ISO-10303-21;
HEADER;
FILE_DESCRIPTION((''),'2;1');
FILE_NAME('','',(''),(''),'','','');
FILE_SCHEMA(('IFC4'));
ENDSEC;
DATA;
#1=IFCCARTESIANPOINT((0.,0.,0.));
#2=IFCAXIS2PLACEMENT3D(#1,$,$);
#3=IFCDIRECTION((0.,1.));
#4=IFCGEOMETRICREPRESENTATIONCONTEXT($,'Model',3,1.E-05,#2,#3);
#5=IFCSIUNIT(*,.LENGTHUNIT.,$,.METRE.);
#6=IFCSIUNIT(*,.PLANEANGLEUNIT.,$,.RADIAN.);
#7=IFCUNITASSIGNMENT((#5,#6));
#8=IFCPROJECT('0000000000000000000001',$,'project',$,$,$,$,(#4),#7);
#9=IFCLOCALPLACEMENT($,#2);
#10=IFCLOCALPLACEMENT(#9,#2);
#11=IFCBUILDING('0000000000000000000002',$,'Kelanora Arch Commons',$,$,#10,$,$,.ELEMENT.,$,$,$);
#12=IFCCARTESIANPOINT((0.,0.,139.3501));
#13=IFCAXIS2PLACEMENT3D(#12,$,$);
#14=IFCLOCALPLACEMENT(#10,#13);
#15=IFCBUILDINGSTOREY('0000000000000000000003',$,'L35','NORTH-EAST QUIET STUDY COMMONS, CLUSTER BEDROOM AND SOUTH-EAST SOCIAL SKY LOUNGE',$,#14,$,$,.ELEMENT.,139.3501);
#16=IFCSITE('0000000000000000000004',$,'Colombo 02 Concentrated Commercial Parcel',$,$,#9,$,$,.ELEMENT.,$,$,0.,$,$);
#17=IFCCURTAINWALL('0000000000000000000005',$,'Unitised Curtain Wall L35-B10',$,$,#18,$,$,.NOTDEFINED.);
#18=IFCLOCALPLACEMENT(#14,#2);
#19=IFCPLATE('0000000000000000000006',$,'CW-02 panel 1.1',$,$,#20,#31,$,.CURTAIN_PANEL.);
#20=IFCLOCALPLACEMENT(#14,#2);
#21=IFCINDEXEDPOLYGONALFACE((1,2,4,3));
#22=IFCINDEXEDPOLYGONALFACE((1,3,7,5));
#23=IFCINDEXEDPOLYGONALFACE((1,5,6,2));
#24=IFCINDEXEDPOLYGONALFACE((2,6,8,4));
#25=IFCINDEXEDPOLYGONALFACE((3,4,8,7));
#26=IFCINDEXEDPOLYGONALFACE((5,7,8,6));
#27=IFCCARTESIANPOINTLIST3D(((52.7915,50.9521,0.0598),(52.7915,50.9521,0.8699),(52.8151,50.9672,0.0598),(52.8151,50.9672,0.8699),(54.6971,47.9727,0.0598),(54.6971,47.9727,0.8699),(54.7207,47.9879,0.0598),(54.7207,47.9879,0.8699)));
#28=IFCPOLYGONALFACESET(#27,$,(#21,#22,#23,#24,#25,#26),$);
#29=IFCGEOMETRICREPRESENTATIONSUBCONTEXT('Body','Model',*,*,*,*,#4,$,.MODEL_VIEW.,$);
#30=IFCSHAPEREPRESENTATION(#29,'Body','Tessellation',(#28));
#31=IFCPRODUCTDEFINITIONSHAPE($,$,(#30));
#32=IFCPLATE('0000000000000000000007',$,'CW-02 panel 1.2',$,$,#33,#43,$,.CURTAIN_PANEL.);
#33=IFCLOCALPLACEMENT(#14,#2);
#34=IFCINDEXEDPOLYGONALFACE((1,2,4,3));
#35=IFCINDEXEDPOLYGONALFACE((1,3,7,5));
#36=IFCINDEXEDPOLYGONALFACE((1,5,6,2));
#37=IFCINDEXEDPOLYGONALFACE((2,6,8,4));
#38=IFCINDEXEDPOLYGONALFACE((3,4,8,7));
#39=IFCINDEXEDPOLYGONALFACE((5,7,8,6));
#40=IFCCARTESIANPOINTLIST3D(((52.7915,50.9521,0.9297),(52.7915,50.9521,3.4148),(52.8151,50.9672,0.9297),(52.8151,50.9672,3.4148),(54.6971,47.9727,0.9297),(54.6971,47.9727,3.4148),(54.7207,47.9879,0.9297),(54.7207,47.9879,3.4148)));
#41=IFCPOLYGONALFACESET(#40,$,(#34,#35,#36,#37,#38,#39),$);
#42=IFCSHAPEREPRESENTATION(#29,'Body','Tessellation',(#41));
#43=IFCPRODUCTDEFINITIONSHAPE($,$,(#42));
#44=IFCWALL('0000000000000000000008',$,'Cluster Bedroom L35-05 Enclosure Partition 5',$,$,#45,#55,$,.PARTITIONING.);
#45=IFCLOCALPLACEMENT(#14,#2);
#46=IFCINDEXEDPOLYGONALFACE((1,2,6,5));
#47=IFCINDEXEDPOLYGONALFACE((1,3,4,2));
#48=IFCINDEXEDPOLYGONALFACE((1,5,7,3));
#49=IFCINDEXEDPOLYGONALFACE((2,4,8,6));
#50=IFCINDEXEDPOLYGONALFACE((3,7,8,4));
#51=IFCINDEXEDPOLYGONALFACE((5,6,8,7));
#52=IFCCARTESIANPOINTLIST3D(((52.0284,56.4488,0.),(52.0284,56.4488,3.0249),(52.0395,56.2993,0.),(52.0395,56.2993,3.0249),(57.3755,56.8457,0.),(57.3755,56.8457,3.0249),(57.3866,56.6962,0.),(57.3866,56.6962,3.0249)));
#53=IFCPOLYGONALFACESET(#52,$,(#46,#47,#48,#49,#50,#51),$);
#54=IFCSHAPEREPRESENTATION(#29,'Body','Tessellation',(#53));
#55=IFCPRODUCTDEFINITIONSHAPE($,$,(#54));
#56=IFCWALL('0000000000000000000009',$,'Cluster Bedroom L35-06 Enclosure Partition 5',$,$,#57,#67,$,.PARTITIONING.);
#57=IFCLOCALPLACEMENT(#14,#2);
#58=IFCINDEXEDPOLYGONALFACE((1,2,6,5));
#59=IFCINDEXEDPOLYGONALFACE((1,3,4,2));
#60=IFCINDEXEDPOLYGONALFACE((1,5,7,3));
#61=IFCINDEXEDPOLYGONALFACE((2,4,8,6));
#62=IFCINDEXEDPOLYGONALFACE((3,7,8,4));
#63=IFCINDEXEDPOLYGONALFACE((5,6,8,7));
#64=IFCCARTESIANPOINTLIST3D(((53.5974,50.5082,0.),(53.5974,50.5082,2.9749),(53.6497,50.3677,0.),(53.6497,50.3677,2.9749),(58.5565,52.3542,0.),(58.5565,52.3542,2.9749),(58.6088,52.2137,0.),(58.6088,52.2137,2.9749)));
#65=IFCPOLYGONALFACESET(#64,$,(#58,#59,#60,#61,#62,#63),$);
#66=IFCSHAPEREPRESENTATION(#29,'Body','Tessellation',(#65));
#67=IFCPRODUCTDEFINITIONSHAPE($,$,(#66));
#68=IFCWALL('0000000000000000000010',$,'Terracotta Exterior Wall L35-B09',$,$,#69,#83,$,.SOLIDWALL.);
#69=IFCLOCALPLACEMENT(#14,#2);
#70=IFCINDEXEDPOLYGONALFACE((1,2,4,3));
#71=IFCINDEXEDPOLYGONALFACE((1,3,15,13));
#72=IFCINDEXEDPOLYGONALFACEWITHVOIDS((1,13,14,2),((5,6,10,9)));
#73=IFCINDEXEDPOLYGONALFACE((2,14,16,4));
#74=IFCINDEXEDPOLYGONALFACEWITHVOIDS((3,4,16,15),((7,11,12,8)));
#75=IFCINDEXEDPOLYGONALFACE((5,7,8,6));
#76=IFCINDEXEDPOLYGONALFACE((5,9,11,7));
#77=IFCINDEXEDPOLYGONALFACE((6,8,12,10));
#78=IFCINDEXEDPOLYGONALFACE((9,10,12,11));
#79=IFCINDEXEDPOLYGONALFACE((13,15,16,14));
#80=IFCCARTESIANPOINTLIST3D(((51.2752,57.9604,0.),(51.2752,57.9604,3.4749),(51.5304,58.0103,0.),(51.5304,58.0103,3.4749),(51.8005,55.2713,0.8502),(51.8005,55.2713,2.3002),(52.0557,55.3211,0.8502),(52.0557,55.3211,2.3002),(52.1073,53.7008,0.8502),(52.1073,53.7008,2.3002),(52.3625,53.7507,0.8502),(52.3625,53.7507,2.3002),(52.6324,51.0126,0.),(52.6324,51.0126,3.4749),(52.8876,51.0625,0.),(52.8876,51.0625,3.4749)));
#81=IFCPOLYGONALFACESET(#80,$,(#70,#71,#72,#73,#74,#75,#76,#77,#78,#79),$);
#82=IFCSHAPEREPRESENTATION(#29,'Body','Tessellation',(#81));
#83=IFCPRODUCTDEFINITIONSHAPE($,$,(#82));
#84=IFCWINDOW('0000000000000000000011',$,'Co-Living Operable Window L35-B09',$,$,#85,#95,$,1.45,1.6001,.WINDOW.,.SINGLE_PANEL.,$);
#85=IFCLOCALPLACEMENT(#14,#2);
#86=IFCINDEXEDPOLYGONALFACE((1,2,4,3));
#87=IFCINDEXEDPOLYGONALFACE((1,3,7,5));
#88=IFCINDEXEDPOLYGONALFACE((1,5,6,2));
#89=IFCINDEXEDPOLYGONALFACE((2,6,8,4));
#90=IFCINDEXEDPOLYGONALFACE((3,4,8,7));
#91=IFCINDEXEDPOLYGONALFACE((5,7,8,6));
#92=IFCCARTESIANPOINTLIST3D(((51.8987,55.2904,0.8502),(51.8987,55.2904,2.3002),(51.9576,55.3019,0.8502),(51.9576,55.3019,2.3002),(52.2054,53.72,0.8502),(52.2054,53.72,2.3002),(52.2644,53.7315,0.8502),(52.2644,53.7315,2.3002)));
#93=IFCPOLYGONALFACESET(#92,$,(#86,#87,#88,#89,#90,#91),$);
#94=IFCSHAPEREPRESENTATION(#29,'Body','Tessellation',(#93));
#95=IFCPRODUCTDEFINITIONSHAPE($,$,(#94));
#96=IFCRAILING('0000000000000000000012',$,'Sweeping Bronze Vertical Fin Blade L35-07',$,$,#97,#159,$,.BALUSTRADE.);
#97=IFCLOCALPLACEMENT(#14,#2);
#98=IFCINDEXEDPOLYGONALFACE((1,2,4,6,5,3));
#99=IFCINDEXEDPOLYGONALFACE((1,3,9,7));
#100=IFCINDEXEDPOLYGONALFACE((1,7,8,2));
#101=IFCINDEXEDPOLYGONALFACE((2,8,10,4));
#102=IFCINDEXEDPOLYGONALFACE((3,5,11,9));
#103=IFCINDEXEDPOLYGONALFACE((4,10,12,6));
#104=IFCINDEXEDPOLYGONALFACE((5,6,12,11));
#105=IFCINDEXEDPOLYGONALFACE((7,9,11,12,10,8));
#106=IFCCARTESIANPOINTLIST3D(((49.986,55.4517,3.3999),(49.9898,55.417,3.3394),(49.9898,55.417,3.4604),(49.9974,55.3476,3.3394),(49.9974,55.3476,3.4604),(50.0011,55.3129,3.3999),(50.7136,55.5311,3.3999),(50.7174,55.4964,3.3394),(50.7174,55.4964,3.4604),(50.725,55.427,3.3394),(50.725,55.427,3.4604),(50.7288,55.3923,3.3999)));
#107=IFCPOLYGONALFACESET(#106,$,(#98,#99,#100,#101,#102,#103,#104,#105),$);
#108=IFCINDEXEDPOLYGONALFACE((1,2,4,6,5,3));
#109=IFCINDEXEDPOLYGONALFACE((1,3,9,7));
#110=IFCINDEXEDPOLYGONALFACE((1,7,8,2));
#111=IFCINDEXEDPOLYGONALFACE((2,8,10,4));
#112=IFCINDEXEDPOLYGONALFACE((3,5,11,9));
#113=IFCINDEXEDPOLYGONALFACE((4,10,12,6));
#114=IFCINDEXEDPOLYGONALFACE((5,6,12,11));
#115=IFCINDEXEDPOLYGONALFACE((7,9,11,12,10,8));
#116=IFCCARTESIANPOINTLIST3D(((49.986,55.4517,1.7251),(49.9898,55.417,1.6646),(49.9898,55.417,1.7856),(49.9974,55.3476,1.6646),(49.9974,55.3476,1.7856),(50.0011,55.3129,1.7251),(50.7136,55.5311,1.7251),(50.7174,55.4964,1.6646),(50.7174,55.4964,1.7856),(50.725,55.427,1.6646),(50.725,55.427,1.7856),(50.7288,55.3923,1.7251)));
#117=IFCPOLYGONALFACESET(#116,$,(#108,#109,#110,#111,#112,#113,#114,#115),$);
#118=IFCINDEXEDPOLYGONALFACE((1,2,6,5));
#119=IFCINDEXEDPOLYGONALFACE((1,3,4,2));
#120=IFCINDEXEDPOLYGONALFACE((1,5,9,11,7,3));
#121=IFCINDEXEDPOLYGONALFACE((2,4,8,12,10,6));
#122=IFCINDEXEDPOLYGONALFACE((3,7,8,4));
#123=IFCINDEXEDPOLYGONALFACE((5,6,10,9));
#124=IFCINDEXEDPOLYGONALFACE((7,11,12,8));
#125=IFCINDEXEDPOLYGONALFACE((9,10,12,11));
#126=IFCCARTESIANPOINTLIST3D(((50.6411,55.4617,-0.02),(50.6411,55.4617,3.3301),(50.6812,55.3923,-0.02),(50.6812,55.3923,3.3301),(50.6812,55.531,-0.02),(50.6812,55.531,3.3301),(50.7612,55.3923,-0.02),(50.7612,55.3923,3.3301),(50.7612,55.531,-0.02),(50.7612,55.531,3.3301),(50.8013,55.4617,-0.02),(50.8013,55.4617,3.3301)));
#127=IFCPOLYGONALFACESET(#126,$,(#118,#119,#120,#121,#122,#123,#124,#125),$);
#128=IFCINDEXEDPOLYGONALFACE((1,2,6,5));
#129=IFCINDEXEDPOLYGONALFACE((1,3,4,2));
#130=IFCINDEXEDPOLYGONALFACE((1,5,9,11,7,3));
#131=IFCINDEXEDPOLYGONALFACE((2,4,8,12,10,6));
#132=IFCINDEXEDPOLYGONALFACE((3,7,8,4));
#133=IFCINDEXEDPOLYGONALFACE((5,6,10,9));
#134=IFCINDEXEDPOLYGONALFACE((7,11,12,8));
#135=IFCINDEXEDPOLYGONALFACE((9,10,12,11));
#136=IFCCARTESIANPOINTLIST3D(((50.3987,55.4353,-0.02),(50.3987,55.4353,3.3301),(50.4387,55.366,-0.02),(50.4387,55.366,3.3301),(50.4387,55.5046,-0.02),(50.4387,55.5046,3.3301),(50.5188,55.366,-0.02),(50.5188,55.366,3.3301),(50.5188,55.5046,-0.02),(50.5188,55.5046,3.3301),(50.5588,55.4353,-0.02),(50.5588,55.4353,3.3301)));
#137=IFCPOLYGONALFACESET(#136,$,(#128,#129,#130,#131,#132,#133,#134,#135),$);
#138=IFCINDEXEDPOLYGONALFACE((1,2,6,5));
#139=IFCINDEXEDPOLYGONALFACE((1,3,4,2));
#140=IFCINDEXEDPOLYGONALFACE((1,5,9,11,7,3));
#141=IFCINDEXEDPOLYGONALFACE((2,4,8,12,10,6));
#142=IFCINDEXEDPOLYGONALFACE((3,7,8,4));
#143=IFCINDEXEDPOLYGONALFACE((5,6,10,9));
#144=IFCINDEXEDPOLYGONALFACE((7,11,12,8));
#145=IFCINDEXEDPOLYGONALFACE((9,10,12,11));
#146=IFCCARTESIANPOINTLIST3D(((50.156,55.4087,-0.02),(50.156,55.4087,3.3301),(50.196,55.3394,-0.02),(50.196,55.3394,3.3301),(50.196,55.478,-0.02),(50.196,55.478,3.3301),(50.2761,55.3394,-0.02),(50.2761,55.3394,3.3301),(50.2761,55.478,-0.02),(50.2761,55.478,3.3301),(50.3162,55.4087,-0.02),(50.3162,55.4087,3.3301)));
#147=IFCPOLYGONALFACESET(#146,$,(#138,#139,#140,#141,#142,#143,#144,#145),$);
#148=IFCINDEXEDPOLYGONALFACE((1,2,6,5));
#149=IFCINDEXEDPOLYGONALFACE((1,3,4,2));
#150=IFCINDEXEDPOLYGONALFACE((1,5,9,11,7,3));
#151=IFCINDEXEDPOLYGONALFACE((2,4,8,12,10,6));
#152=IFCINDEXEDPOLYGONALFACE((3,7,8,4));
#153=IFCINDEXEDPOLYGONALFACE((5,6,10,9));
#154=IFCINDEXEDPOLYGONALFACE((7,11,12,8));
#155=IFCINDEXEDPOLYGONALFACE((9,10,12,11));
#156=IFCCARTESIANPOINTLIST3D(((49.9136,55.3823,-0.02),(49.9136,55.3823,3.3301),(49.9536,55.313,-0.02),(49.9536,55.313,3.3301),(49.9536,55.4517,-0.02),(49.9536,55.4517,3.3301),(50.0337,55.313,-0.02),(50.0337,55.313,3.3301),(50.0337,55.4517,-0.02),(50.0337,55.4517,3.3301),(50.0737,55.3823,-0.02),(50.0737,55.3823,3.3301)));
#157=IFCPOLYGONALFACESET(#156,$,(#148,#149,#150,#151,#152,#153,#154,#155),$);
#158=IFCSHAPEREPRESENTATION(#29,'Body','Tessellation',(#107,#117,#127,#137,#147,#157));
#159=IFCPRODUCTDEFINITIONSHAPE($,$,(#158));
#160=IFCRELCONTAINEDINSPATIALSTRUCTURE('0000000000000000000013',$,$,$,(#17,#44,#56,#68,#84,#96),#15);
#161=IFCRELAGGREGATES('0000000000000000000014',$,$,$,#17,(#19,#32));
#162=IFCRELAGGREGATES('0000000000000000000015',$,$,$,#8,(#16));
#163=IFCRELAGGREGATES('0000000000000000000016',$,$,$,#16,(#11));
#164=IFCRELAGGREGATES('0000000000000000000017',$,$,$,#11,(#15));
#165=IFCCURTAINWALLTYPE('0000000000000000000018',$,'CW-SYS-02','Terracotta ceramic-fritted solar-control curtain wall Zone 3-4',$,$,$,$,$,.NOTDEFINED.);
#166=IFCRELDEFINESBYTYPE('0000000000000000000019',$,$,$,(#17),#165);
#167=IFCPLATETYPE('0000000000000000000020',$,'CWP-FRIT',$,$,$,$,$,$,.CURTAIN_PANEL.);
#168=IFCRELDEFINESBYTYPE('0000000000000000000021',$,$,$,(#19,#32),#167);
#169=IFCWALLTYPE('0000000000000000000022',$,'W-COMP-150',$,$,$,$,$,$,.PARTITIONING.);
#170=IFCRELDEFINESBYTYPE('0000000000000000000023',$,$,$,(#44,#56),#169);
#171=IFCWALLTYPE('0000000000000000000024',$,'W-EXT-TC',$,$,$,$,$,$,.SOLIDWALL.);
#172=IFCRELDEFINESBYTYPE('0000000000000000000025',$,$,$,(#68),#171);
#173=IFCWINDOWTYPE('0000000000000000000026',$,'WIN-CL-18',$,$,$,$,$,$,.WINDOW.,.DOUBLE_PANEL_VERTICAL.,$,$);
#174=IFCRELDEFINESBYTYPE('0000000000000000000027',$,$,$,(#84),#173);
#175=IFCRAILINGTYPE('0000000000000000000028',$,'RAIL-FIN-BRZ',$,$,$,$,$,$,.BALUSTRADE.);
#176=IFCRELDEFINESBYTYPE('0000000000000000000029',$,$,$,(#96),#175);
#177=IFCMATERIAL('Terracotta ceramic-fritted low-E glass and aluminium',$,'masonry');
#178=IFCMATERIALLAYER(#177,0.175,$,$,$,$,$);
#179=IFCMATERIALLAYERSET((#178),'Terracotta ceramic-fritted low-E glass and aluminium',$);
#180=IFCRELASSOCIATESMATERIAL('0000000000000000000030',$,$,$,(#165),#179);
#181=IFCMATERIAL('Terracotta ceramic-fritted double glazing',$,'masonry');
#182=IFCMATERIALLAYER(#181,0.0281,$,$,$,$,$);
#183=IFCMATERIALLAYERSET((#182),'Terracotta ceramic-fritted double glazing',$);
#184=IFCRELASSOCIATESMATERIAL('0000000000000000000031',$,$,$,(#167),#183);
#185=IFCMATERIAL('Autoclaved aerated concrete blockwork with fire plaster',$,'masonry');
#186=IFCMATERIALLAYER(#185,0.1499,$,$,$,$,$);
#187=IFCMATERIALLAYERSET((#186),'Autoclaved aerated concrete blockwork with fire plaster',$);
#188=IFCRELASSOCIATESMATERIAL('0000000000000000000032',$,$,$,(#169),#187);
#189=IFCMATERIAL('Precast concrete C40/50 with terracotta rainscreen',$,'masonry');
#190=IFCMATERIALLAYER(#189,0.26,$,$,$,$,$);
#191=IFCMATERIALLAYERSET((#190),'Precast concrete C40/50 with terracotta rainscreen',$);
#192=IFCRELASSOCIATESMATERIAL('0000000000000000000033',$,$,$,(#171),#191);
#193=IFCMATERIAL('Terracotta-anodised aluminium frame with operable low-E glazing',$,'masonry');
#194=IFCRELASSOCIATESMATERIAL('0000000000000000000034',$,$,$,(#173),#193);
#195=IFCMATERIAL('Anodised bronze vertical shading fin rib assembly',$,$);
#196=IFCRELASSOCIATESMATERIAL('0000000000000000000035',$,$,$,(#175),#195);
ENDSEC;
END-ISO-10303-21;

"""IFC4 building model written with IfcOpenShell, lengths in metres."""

from ifc_helpers import new_model, si_unit, direction, frame, frame_2d, origin, origin_2d, place, context, subcontext, project, spatial, polyline, rectangle, outline, extrude, source, transform, mapped, material, layer, layer_set, type_object, element, fill, aggregate, save


model = new_model("IFC4")

# Units and contexts
model_context = context("Model", 3, precision=1e-05, world=origin(), true_north=direction((0.0, 1.0)))
body_context = subcontext(model_context, "Body", "Model", "MODEL_VIEW")
ifc_project = project(units=[si_unit("LENGTHUNIT", "METRE"), si_unit("PLANEANGLEUNIT", "RADIAN")], contexts=[model_context])

# Site, building, storey
site_placement = place(None, origin())
site = spatial("IfcSite", under=ifc_project, at=site_placement, Name="Colombo 02 Concentrated Commercial Parcel", CompositionType="ELEMENT", RefElevation=0.0)
building_placement = place(site_placement, origin())
building = spatial("IfcBuilding", under=site, at=building_placement, Name="Kelanora Arch Commons", CompositionType="ELEMENT")
storey_placement = place(building_placement, frame((0.0, 0.0, 139.3501)))
storey = spatial("IfcBuildingStorey", under=building, at=storey_placement, Name="L35", Description="NORTH-EAST QUIET STUDY COMMONS, CLUSTER BEDROOM AND SOUTH-EAST SOCIAL SKY LOUNGE", CompositionType="ELEMENT", Elevation=139.3501)

# Curtain wall
ifc_material_1 = material(Name="Terracotta ceramic-fritted low-E glass and aluminium", Category="masonry")
ifc_layer_1 = layer(ifc_material_1, 0.175)
ifc_layer_set_1 = layer_set([ifc_layer_1], Name="Terracotta ceramic-fritted low-E glass and aluminium")
curtain_wall_type = type_object("IfcCurtainWallType", Name="CW-SYS-02", Description="Terracotta ceramic-fritted solar-control curtain wall Zone 3-4", PredefinedType="NOTDEFINED", material=ifc_layer_set_1)
curtain_wall_placement = place(storey_placement, origin())
curtain_wall = element("IfcCurtainWall", 1, at=curtain_wall_placement, inside=storey, type_object=curtain_wall_type, Name="Unitised Curtain Wall L35-B10", PredefinedType="NOTDEFINED")

# Plates
ifc_material_2 = material(Name="Terracotta ceramic-fritted double glazing", Category="masonry")
ifc_layer_2 = layer(ifc_material_2, 0.0281)
ifc_layer_set_2 = layer_set([ifc_layer_2], Name="Terracotta ceramic-fritted double glazing")
plate_type = type_object("IfcPlateType", Name="CWP-FRIT", PredefinedType="CURTAIN_PANEL", material=ifc_layer_set_2)
shared_shape_1 = source(origin(), body_context, "Body", "SweptSolid", [
    extrude(rectangle(XDim=3.5366, YDim=0.0281, at=origin_2d()), origin(), (0.0, 0.0, 1.0), 0.8101),
])
plate_1_placement = place(storey_placement, frame((53.7561, 49.47, 0.0598), z_axis=(0.0, 0.0, 1.0), x_axis=(0.538817, -0.842423, 0.0)))
plate_1 = element("IfcPlate", 2, at=plate_1_placement, type_object=plate_type, Name="CW-02 panel 1.1", PredefinedType="CURTAIN_PANEL", context=body_context, shape_type="MappedRepresentation", body=[
    mapped(shared_shape_1, transform((0.0, 0.0, 0.0), scale=1.0)),
])
shared_shape_2 = source(origin(), body_context, "Body", "SweptSolid", [
    extrude(rectangle(XDim=3.5366, YDim=0.0281, at=origin_2d()), origin(), (0.0, 0.0, 1.0), 2.4851),
])
plate_2_placement = place(storey_placement, frame((53.7561, 49.47, 0.9297), z_axis=(0.0, 0.0, 1.0), x_axis=(0.538817, -0.842423, 0.0)))
plate_2 = element("IfcPlate", 3, at=plate_2_placement, type_object=plate_type, Name="CW-02 panel 1.2", PredefinedType="CURTAIN_PANEL", context=body_context, shape_type="MappedRepresentation", body=[
    mapped(shared_shape_2, transform((0.0, 0.0, 0.0), scale=1.0)),
])
aggregate(curtain_wall, [plate_1, plate_2])

# Walls
ifc_material_3 = material(Name="Autoclaved aerated concrete blockwork with fire plaster", Category="masonry")
ifc_layer_3 = layer(ifc_material_3, 0.1499)
ifc_layer_set_3 = layer_set([ifc_layer_3], Name="Autoclaved aerated concrete blockwork with fire plaster")
wall_type_1 = type_object("IfcWallType", Name="W-COMP-150", PredefinedType="PARTITIONING", material=ifc_layer_set_3)
wall_1_placement = place(storey_placement, frame((52.0339, 56.374, 0.0), z_axis=(0.0, 0.0, 1.0), x_axis=(0.997256, 0.074036, 0.0)))
element("IfcWall", 4, at=wall_1_placement, inside=storey, type_object=wall_type_1, Name="Cluster Bedroom L35-05 Enclosure Partition 5", PredefinedType="PARTITIONING", context=body_context, shape_type="SweptSolid", body=[
    extrude(rectangle(XDim=5.3618, YDim=0.1499, at=frame_2d((2.6809, 0.0))), origin(), (0.0, 0.0, 1.0), 3.0249),
])
wall_2_placement = place(storey_placement, frame((53.6235, 50.438, 0.0), z_axis=(0.0, 0.0, 1.0), x_axis=(0.937176, 0.348857, 0.0)))
element("IfcWall", 5, at=wall_2_placement, inside=storey, type_object=wall_type_1, Name="Cluster Bedroom L35-06 Enclosure Partition 5", PredefinedType="PARTITIONING", context=body_context, shape_type="SweptSolid", body=[
    extrude(rectangle(XDim=5.2915, YDim=0.1499, at=frame_2d((2.6458, 0.0))), origin(), (0.0, 0.0, 1.0), 2.9749),
])

# Wall, opening, window
ifc_material_4 = material(Name="Precast concrete C40/50 with terracotta rainscreen", Category="masonry")
ifc_layer_4 = layer(ifc_material_4, 0.26)
ifc_layer_set_4 = layer_set([ifc_layer_4], Name="Precast concrete C40/50 with terracotta rainscreen")
wall_type_2 = type_object("IfcWallType", Name="W-EXT-TC", PredefinedType="SOLIDWALL", material=ifc_layer_set_4)
wall_3_placement = place(storey_placement, frame((51.4028, 57.9854, 0.0), z_axis=(0.0, 0.0, 1.0), x_axis=(0.191717, -0.98145, 0.0)))
wall_3 = element("IfcWall", 6, at=wall_3_placement, inside=storey, type_object=wall_type_2, Name="Terracotta Exterior Wall L35-B09", PredefinedType="SOLIDWALL", context=body_context, shape_type="SweptSolid", body=[
    extrude(rectangle(XDim=7.0791, YDim=0.26, at=frame_2d((3.5396, 0.0))), origin(), (0.0, 0.0, 1.0), 3.4749),
])
opening_placement = place(wall_3_placement, frame((2.74, 0.0, 0.8501)))
opening = element("IfcOpeningElement", 7, at=opening_placement, cuts=wall_3, PredefinedType="OPENING", context=body_context, shape_type="SweptSolid", body=[
    extrude(rectangle(XDim=1.6001, YDim=1.45, at=frame_2d((0.8, 0.7251))), frame((0.0, 0.1401, 0.0), z_axis=(0.0, -1.0, 0.0), x_axis=(1.0, 0.0, 0.0)), (0.0, 0.0, 1.0), 0.28),
])
ifc_material_5 = material(Name="Terracotta-anodised aluminium frame with operable low-E glazing", Category="masonry")
window_type = type_object("IfcWindowType", Name="WIN-CL-18", PartitioningType="DOUBLE_PANEL_VERTICAL", PredefinedType="WINDOW", material=ifc_material_5)
window_placement = place(opening_placement, origin())
window = element("IfcWindow", 8, at=window_placement, inside=storey, type_object=window_type, Name="Co-Living Operable Window L35-B09", OverallHeight=1.45, OverallWidth=1.6001, PartitioningType="SINGLE_PANEL", PredefinedType="WINDOW", context=body_context, shape_type="SweptSolid", body=[
    extrude(rectangle(XDim=1.6001, YDim=1.45, at=frame_2d((0.8, 0.7251))), frame((0.0, 0.03, 0.0), z_axis=(0.0, -1.0, 0.0), x_axis=(1.0, 0.0, 0.0)), (0.0, 0.0, 1.0), 0.0601),
])
fill(opening, window)

# Railing
ifc_material_6 = material(Name="Anodised bronze vertical shading fin rib assembly")
railing_type = type_object("IfcRailingType", Name="RAIL-FIN-BRZ", PredefinedType="BALUSTRADE", material=ifc_material_6)
railing_1_placement = place(storey_placement, frame((50.7212, 55.4617, -0.02)))
element("IfcRailing", 9, at=railing_1_placement, inside=storey, type_object=railing_type, Name="Sweeping Bronze Vertical Fin Blade L35-07", PredefinedType="BALUSTRADE", context=body_context, shape_type="SweptSolid", body=[
    extrude(outline(polyline([(0.0698, 0.0), (0.0349, 0.0605), (-0.0349, 0.0605), (-0.0698, 0.0), (-0.0349, -0.0605), (0.0349, -0.0605), (0.0698, 0.0)])), frame((0.0, 0.0, 3.4199), z_axis=(-0.994105, -0.108418, 0.0), x_axis=(0.108418, -0.994105, 0.0)), (0.0, 0.0, 1.0), 0.7319),
    extrude(outline(polyline([(0.0698, 0.0), (0.0349, 0.0605), (-0.0349, 0.0605), (-0.0698, 0.0), (-0.0349, -0.0605), (0.0349, -0.0605), (0.0698, 0.0)])), frame((0.0, 0.0, 1.7451), z_axis=(-0.994105, -0.108418, 0.0), x_axis=(0.108418, -0.994105, 0.0)), (0.0, 0.0, 1.0), 0.7319),
    extrude(outline(polyline([(0.0801, 0.0), (0.04, 0.0693), (-0.04, 0.0693), (-0.0801, 0.0), (-0.04, -0.0693), (0.04, -0.0693), (0.0801, 0.0)])), origin(), (0.0, 0.0, 1.0), 3.3501),
    extrude(outline(polyline([(0.0801, 0.0), (0.04, 0.0693), (-0.04, 0.0693), (-0.0801, 0.0), (-0.04, -0.0693), (0.04, -0.0693), (0.0801, 0.0)])), frame((-0.2424, -0.0264, 0.0)), (0.0, 0.0, 1.0), 3.3501),
    extrude(outline(polyline([(0.0801, 0.0), (0.04, 0.0693), (-0.04, 0.0693), (-0.0801, 0.0), (-0.04, -0.0693), (0.04, -0.0693), (0.0801, 0.0)])), frame((-0.4851, -0.053, 0.0)), (0.0, 0.0, 1.0), 3.3501),
    extrude(outline(polyline([(0.0801, 0.0), (0.04, 0.0693), (-0.04, 0.0693), (-0.0801, 0.0), (-0.04, -0.0693), (0.04, -0.0693), (0.0801, 0.0)])), frame((-0.7275, -0.0793, 0.0)), (0.0, 0.0, 1.0), 3.3501),
])

save(model, "model.ifc")
